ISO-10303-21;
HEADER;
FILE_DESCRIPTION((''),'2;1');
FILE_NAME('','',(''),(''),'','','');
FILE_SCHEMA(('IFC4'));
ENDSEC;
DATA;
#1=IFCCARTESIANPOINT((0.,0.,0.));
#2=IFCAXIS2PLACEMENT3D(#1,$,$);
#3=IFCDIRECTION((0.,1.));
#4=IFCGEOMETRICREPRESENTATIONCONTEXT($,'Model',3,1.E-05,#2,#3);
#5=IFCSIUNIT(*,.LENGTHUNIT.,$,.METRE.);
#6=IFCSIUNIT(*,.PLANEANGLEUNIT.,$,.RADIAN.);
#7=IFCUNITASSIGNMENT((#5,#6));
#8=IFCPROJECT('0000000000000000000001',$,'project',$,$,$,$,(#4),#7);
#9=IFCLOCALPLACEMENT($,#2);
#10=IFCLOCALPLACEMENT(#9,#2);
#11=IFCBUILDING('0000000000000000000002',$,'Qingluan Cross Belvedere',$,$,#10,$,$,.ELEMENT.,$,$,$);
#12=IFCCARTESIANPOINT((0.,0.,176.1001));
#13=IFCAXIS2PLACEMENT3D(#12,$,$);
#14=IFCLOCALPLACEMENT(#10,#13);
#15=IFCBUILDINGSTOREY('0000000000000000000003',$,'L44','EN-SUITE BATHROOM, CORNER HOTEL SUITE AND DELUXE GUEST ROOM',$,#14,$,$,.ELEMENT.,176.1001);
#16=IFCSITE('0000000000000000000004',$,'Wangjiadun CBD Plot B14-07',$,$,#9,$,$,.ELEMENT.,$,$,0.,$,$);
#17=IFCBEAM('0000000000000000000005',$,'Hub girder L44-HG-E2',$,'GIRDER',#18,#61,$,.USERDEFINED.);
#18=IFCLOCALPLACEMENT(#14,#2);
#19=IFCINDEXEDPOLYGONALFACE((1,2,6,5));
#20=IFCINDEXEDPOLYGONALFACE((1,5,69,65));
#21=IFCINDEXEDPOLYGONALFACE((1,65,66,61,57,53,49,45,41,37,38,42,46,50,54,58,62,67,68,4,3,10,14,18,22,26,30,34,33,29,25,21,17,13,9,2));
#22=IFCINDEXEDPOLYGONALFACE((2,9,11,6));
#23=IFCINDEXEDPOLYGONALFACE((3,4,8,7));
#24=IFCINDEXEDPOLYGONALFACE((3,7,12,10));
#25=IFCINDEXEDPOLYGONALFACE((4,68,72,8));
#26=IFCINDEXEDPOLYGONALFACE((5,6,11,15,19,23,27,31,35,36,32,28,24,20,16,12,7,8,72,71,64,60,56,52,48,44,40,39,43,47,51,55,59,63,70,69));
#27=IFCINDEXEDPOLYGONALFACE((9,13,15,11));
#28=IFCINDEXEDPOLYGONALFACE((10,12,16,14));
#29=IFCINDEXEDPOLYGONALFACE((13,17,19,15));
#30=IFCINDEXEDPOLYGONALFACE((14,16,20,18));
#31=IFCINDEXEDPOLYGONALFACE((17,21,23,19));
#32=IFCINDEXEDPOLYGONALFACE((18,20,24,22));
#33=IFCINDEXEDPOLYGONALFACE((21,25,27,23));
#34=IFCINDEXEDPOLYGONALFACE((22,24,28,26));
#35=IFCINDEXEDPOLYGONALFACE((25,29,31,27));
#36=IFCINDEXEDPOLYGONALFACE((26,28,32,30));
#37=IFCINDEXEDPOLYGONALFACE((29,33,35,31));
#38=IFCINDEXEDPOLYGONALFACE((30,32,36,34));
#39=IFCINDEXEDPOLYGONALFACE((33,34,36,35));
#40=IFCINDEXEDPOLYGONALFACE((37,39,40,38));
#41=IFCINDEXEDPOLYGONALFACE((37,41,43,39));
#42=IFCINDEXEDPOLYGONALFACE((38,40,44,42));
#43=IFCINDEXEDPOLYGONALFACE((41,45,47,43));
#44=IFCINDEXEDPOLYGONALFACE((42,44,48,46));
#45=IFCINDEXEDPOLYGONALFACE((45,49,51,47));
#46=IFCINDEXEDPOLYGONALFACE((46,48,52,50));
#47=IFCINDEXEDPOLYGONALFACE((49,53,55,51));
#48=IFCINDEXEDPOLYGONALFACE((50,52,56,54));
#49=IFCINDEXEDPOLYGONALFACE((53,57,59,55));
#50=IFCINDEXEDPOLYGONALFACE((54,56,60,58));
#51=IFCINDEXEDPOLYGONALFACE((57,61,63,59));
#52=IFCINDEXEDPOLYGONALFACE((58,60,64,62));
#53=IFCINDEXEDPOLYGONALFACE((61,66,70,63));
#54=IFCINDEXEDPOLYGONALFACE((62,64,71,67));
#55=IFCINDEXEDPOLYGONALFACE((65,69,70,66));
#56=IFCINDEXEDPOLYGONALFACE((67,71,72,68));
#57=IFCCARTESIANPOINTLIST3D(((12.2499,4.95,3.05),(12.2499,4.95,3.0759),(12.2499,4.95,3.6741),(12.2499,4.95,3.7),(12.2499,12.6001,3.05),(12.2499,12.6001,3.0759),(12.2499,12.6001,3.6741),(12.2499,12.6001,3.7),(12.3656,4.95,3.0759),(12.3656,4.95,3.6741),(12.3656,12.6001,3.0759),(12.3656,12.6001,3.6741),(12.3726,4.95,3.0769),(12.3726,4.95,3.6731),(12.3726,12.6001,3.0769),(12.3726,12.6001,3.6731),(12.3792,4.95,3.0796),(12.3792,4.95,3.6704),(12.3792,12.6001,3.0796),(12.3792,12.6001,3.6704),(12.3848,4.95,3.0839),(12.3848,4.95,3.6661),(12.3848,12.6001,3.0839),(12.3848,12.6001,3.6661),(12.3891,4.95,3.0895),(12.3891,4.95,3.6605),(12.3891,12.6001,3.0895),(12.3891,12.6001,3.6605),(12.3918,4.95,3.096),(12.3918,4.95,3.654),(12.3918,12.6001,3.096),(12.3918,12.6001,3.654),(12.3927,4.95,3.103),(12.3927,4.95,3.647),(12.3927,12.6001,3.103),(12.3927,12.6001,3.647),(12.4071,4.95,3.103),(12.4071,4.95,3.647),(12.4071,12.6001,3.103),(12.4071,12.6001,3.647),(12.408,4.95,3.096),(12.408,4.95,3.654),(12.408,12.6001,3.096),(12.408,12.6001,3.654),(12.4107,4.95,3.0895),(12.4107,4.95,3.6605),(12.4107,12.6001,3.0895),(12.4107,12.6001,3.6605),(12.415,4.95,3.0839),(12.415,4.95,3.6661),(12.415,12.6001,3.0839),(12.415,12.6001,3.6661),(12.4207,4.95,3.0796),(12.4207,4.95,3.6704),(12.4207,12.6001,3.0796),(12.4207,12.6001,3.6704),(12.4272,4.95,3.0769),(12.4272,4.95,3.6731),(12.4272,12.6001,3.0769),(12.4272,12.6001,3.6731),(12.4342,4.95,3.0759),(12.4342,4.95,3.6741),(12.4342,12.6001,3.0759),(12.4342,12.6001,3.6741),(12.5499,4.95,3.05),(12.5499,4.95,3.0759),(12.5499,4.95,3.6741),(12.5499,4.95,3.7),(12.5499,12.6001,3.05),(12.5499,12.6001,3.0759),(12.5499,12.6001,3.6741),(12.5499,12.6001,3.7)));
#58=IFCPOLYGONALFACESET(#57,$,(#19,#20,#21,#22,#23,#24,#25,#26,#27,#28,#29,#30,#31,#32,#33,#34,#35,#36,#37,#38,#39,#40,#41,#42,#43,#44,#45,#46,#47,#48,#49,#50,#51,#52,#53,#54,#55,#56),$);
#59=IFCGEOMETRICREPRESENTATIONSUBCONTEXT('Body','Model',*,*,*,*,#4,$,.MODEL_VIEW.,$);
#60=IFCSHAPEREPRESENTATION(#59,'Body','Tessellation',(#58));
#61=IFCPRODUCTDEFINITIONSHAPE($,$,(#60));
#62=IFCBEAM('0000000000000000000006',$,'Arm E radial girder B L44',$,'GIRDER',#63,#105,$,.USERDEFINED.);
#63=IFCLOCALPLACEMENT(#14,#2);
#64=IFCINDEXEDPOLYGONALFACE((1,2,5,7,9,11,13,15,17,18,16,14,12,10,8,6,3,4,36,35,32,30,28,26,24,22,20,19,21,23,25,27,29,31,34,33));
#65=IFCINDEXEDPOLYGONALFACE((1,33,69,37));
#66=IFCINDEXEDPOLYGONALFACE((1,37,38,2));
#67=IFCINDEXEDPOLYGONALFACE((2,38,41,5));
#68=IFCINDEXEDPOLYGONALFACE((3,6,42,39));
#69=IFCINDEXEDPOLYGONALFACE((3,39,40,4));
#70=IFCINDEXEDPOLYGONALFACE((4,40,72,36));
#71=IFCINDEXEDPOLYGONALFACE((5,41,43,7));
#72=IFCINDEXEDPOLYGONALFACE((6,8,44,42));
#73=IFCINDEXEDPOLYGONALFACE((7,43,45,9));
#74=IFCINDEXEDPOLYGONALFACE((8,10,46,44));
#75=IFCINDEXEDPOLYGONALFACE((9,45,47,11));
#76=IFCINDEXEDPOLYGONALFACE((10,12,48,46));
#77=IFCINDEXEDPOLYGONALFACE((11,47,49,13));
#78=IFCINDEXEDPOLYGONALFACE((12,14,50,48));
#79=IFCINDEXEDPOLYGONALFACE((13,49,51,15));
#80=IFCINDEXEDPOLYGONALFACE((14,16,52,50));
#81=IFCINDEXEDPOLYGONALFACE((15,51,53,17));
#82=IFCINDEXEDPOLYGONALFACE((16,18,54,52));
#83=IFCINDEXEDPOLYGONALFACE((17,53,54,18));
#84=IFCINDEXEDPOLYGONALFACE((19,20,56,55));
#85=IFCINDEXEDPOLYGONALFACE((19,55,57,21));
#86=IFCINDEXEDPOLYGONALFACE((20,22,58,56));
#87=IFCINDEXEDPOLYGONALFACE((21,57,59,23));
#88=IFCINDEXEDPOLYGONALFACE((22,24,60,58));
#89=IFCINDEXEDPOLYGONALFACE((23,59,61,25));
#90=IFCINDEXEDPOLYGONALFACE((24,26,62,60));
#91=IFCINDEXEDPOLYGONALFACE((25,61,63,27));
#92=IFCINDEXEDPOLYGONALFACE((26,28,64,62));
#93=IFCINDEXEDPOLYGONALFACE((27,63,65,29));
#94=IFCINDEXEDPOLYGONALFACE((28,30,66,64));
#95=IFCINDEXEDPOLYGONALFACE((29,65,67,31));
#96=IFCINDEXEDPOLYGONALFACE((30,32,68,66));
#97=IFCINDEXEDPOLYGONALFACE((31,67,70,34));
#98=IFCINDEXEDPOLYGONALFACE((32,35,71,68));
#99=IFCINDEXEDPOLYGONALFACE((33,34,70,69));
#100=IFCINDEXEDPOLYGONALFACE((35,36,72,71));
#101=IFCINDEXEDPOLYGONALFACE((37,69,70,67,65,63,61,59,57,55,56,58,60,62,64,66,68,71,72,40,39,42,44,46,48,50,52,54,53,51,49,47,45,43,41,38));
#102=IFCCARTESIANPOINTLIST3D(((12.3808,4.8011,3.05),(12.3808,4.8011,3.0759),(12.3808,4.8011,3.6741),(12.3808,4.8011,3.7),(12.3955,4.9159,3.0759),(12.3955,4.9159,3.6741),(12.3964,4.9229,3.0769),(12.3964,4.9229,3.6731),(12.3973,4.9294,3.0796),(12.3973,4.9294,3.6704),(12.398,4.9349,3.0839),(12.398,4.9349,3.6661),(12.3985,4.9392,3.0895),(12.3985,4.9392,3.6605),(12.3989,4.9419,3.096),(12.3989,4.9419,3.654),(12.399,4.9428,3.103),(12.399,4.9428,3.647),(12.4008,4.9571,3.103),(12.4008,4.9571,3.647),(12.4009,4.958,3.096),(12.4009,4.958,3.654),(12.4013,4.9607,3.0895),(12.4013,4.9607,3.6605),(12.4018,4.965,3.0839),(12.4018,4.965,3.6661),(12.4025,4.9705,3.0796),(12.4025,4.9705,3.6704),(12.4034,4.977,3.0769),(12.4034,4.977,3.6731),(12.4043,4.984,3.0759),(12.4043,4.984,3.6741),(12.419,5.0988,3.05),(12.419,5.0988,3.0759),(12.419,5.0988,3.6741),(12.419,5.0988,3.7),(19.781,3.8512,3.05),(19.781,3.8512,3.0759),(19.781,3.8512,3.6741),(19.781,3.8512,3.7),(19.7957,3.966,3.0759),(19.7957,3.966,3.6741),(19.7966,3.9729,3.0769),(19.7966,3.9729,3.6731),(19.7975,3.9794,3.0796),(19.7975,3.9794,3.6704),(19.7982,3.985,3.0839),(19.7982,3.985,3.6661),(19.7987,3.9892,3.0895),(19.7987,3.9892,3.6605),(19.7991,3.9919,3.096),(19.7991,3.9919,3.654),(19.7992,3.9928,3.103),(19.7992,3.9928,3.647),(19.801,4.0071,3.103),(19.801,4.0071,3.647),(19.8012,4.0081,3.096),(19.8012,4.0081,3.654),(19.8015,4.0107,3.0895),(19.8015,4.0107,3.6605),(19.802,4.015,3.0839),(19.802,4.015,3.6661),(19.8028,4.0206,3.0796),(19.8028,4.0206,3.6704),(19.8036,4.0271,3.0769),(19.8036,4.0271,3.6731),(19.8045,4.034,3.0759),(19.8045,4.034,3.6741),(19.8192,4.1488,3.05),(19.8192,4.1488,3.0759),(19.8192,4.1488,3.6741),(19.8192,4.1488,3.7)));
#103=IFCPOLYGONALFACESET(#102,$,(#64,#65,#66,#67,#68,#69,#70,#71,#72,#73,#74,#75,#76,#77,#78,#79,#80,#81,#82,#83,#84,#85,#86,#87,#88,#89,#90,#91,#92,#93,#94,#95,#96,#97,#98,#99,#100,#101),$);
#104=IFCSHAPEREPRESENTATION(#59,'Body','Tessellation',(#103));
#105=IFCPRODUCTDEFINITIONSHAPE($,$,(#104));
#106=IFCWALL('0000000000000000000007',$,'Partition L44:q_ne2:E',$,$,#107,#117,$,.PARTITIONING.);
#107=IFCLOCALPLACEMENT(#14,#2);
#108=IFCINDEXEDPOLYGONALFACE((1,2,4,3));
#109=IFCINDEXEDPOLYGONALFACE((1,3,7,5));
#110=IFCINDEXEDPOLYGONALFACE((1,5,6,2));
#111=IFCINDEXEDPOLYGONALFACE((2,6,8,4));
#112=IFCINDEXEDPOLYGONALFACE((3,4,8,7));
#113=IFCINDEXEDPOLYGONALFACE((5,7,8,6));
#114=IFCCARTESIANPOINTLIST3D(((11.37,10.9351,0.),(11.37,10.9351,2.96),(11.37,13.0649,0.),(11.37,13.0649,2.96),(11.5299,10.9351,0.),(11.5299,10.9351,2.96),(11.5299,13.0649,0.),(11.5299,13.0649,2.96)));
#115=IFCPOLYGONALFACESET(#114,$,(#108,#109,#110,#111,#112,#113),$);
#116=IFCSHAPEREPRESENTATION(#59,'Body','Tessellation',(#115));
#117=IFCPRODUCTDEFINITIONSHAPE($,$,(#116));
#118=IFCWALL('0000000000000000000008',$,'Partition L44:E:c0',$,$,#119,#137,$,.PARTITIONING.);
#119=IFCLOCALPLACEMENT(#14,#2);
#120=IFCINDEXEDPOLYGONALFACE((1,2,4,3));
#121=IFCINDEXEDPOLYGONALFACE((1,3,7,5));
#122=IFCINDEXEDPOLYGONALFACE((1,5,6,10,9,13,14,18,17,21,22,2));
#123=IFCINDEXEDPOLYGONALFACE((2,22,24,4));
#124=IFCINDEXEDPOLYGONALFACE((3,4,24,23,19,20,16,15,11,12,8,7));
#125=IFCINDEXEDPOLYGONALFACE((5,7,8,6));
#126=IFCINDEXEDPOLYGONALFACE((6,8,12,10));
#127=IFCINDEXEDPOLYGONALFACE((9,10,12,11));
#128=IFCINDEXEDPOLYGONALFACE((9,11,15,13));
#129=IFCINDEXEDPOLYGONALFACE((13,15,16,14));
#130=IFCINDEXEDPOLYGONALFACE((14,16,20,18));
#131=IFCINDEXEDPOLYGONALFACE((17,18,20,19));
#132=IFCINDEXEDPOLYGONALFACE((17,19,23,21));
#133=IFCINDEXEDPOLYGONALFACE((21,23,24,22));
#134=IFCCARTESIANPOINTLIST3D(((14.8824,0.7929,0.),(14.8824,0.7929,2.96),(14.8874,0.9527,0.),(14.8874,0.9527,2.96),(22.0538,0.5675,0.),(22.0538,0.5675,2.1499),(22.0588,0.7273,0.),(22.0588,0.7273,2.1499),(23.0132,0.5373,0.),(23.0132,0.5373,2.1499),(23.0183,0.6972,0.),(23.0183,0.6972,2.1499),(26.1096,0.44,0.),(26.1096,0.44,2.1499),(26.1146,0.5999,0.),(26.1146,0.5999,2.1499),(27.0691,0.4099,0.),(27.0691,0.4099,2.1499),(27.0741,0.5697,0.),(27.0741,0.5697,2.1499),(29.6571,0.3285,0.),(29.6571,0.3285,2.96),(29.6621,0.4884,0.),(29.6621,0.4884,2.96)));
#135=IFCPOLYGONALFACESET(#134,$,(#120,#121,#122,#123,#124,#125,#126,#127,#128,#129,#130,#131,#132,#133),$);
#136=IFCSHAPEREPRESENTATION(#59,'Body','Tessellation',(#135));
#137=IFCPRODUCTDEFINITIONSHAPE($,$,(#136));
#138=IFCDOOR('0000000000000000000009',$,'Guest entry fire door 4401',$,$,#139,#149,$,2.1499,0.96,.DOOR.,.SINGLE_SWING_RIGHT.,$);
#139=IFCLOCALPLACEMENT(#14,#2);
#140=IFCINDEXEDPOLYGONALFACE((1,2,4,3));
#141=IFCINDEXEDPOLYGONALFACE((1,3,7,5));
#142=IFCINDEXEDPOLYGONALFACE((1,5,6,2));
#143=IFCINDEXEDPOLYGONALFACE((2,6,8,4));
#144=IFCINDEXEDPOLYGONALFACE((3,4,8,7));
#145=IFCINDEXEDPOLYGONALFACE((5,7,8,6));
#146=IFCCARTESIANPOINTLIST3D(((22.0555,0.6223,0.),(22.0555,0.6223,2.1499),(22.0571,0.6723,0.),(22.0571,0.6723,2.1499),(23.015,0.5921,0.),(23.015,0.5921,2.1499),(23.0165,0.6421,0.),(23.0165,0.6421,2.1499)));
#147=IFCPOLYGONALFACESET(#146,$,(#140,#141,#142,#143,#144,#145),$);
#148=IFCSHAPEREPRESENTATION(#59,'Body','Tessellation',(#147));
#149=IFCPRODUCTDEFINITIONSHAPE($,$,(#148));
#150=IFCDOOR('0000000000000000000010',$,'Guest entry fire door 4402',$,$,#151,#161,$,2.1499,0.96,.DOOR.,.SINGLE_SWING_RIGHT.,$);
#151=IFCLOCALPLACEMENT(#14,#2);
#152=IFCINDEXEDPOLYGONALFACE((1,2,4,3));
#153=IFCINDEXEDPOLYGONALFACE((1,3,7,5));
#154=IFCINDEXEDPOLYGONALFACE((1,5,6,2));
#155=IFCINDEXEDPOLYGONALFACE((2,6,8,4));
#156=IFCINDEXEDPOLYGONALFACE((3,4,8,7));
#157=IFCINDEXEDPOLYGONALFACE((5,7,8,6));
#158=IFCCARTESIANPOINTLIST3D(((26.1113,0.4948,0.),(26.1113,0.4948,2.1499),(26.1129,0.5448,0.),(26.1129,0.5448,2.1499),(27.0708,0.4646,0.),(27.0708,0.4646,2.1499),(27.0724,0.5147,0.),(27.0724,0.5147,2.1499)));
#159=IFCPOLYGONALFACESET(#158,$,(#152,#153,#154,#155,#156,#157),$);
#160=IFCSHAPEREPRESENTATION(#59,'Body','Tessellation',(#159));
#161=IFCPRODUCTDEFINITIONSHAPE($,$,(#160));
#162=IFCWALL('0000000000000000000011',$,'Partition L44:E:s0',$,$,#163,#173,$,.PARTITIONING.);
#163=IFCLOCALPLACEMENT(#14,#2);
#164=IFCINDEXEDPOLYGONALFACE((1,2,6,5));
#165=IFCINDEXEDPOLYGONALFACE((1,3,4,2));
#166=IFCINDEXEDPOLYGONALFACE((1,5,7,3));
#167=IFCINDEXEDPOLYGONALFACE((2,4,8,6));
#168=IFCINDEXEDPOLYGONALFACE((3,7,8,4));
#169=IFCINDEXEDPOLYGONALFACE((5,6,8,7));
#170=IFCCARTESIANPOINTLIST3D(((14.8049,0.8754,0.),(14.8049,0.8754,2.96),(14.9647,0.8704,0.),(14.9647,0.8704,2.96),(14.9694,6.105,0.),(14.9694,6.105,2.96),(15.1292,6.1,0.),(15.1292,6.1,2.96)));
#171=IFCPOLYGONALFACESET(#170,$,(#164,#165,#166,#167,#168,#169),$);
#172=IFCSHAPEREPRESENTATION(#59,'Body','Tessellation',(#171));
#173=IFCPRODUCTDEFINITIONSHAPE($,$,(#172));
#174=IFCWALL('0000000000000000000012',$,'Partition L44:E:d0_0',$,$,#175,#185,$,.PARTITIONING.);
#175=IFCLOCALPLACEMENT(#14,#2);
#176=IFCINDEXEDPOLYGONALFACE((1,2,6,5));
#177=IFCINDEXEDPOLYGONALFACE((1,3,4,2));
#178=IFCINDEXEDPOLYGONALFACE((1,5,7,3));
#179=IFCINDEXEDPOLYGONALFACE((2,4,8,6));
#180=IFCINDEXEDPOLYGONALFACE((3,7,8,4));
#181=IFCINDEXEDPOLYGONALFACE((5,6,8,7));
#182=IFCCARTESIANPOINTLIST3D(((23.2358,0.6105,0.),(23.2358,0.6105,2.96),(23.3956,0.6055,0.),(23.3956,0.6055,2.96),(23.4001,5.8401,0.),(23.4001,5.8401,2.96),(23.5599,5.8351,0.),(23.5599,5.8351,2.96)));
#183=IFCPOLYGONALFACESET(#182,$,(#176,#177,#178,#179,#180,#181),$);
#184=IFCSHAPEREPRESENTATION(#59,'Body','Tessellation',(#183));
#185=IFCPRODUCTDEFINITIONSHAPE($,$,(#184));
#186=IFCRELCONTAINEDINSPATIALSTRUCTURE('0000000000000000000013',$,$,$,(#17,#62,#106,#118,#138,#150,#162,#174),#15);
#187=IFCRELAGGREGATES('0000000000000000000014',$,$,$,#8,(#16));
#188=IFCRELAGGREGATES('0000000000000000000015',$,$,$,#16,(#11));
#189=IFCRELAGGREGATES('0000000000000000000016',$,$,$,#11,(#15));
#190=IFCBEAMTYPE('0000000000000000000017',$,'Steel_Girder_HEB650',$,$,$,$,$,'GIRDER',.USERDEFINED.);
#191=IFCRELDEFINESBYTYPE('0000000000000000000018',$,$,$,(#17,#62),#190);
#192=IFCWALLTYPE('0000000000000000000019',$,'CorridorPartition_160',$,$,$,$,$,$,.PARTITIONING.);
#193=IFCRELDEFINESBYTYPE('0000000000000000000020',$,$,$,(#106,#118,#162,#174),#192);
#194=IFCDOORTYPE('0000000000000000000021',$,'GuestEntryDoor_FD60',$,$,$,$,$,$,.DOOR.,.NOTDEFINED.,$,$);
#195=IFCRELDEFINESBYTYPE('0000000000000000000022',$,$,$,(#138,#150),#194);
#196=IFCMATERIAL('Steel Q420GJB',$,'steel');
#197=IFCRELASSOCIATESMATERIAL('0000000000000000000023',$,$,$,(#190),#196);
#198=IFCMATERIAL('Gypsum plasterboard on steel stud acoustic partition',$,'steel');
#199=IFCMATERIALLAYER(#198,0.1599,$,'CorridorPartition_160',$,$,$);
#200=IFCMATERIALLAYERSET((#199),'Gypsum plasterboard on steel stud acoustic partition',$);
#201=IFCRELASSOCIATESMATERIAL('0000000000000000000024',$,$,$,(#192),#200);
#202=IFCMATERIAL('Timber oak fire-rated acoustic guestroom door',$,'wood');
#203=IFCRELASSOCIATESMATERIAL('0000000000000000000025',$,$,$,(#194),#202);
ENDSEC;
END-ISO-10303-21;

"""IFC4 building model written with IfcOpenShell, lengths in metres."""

from ifc_helpers import new_model, si_unit, direction, frame, frame_2d, origin, origin_2d, place, context, subcontext, project, spatial, rectangle, i_section, extrude, material, layer, layer_set, material_profile, profile_set, type_object, element, fill, save


model = new_model("IFC4")

# Units and contexts
model_context = context("Model", 3, precision=1e-05, world=origin(), true_north=direction((0.0, 1.0)))
body_context = subcontext(model_context, "Body", "Model", "MODEL_VIEW")
ifc_project = project(units=[si_unit("LENGTHUNIT", "METRE"), si_unit("PLANEANGLEUNIT", "RADIAN")], contexts=[model_context])

# Site, building, storey
site_placement = place(None, origin())
site = spatial("IfcSite", under=ifc_project, at=site_placement, Name="Wangjiadun CBD Plot B14-07", CompositionType="ELEMENT", RefElevation=0.0)
building_placement = place(site_placement, origin())
building = spatial("IfcBuilding", under=site, at=building_placement, Name="Qingluan Cross Belvedere", CompositionType="ELEMENT")
storey_placement = place(building_placement, frame((0.0, 0.0, 176.1001)))
storey = spatial("IfcBuildingStorey", under=building, at=storey_placement, Name="L44", Description="EN-SUITE BATHROOM, CORNER HOTEL SUITE AND DELUXE GUEST ROOM", CompositionType="ELEMENT", Elevation=176.1001)

# Beams
ifc_material_1 = material(Name="Steel Q420GJB", Category="steel")
ifc_material_profile_1 = material_profile(ifc_material_1, i_section(OverallWidth=0.3, OverallDepth=0.6499, WebThickness=0.0144, FlangeThickness=0.0259, FilletRadius=0.0271, at=origin_2d()), Name="HEB650")
ifc_profile_set_1 = profile_set([ifc_material_profile_1], Name="Steel Q420GJB")
beam_type_1 = type_object("IfcBeamType", Name="Steel_Girder_HEB650", ElementType="GIRDER", PredefinedType="USERDEFINED", material=ifc_profile_set_1)
beam_1_placement = place(storey_placement, frame((12.3999, 4.95, 3.375), z_axis=(0.0, 1.0, 0.0), x_axis=(-1.0, 0.0, 0.0)))
element("IfcBeam", 1, at=beam_1_placement, inside=storey, type_object=beam_type_1, Name="Hub girder L44-HG-E2", ObjectType="GIRDER", PredefinedType="USERDEFINED", context=body_context, shape_type="SweptSolid", body=[
    extrude(i_section(OverallWidth=0.3, OverallDepth=0.6499, WebThickness=0.0144, FlangeThickness=0.0259, FilletRadius=0.0271, at=origin_2d()), origin(), (0.0, 0.0, 1.0), 7.6501),
])
beam_2_placement = place(storey_placement, frame((12.3999, 4.95, 3.375), z_axis=(0.991861, -0.127324, 0.0), x_axis=(0.127324, 0.991861, 0.0)))
element("IfcBeam", 2, at=beam_2_placement, inside=storey, type_object=beam_type_1, Name="Arm E radial girder B L44", ObjectType="GIRDER", PredefinedType="USERDEFINED", context=body_context, shape_type="SweptSolid", body=[
    extrude(i_section(OverallWidth=0.3, OverallDepth=0.6499, WebThickness=0.0144, FlangeThickness=0.0259, FilletRadius=0.0271, at=origin_2d()), origin(), (0.0, 0.0, 1.0), 7.4609),
])

# Wall
ifc_material_2 = material(Name="Gypsum plasterboard on steel stud acoustic partition", Category="steel")
ifc_layer_1 = layer(ifc_material_2, 0.1599, Name="CorridorPartition_160")
ifc_layer_set_1 = layer_set([ifc_layer_1], Name="Gypsum plasterboard on steel stud acoustic partition")
wall_type_1 = type_object("IfcWallType", Name="CorridorPartition_160", PredefinedType="PARTITIONING", material=ifc_layer_set_1)
wall_1_placement = place(storey_placement, frame((11.45, 10.9351, 0.0), z_axis=(0.0, 0.0, 1.0), x_axis=(0.0, 1.0, 0.0)))
element("IfcWall", 3, at=wall_1_placement, inside=storey, type_object=wall_type_1, Name="Partition L44:q_ne2:E", PredefinedType="PARTITIONING", context=body_context, shape_type="SweptSolid", body=[
    extrude(rectangle(XDim=2.1299, YDim=0.1599, at=frame_2d((1.0649, 0.0))), origin(), (0.0, 0.0, 1.0), 2.96),
])

# Wall, openings, doors
wall_2_placement = place(storey_placement, frame((14.8848, 0.8728, 0.0), z_axis=(0.0, 0.0, 1.0), x_axis=(0.999506, -0.031414, 0.0)))
wall_2 = element("IfcWall", 4, at=wall_2_placement, inside=storey, type_object=wall_type_1, Name="Partition L44:E:c0", PredefinedType="PARTITIONING", context=body_context, shape_type="SweptSolid", body=[
    extrude(rectangle(XDim=14.782, YDim=0.1599, at=frame_2d((7.3911, 0.0))), origin(), (0.0, 0.0, 1.0), 2.96),
])
opening_1_placement = place(wall_2_placement, frame((7.175, 0.0, 0.0)))
opening_1 = element("IfcOpeningElement", 5, at=opening_1_placement, cuts=wall_2, PredefinedType="OPENING", context=body_context, shape_type="SweptSolid", body=[
    extrude(rectangle(XDim=0.96, YDim=2.1499, at=frame_2d((0.48, 1.075))), frame((0.0, 0.0898, 0.0), z_axis=(0.0, -1.0, 0.0), x_axis=(1.0, 0.0, 0.0)), (0.0, 0.0, 1.0), 0.1799),
])
opening_2_placement = place(wall_2_placement, frame((11.2329, 0.0, 0.0)))
opening_2 = element("IfcOpeningElement", 6, at=opening_2_placement, cuts=wall_2, PredefinedType="OPENING", context=body_context, shape_type="SweptSolid", body=[
    extrude(rectangle(XDim=0.96, YDim=2.1499, at=frame_2d((0.48, 1.075))), frame((0.0, 0.0898, 0.0), z_axis=(0.0, -1.0, 0.0), x_axis=(1.0, 0.0, 0.0)), (0.0, 0.0, 1.0), 0.1799),
])
ifc_material_3 = material(Name="Timber oak fire-rated acoustic guestroom door", Category="wood")
door_type_1 = type_object("IfcDoorType", Name="GuestEntryDoor_FD60", OperationType="NOTDEFINED", PredefinedType="DOOR", material=ifc_material_3)
door_1_placement = place(opening_1_placement, origin())
door_1 = element("IfcDoor", 7, at=door_1_placement, inside=storey, type_object=door_type_1, Name="Guest entry fire door 4401", OperationType="SINGLE_SWING_RIGHT", OverallHeight=2.1499, OverallWidth=0.96, PredefinedType="DOOR", context=body_context, shape_type="SweptSolid", body=[
    extrude(rectangle(XDim=0.96, YDim=2.1499, at=frame_2d((0.48, 1.075))), frame((0.0, 0.0249, 0.0), z_axis=(0.0, -1.0, 0.0), x_axis=(1.0, 0.0, 0.0)), (0.0, 0.0, 1.0), 0.05),
])
fill(opening_1, door_1)
door_2_placement = place(opening_2_placement, origin())
door_2 = element("IfcDoor", 8, at=door_2_placement, inside=storey, type_object=door_type_1, Name="Guest entry fire door 4402", OperationType="SINGLE_SWING_RIGHT", OverallHeight=2.1499, OverallWidth=0.96, PredefinedType="DOOR", context=body_context, shape_type="SweptSolid", body=[
    extrude(rectangle(XDim=0.96, YDim=2.1499, at=frame_2d((0.48, 1.075))), frame((0.0, 0.0249, 0.0), z_axis=(0.0, -1.0, 0.0), x_axis=(1.0, 0.0, 0.0)), (0.0, 0.0, 1.0), 0.05),
])
fill(opening_2, door_2)

# Walls
for number, where, z_axis, x_axis, name in (
    (9, (14.8848, 0.8728, 0.0), (0.0, 0.0, 1.0), (0.03145, 0.999505, 0.0), "Partition L44:E:s0"),
    (10, (23.3157, 0.6079, 0.0), (0.0, 0.0, 1.0), (0.031404, 0.999507, 0.0), "Partition L44:E:d0_0"),
):
    element("IfcWall", number, at=place(storey_placement, frame(where, z_axis=z_axis, x_axis=x_axis)), inside=storey, type_object=wall_type_1, Name=name, PredefinedType="PARTITIONING", context=body_context, shape_type="SweptSolid", body=[
        extrude(rectangle(XDim=5.2322, YDim=0.1599, at=frame_2d((2.6162, 0.0))), origin(), (0.0, 0.0, 1.0), 2.96),
    ])

save(model, "model.ifc")
